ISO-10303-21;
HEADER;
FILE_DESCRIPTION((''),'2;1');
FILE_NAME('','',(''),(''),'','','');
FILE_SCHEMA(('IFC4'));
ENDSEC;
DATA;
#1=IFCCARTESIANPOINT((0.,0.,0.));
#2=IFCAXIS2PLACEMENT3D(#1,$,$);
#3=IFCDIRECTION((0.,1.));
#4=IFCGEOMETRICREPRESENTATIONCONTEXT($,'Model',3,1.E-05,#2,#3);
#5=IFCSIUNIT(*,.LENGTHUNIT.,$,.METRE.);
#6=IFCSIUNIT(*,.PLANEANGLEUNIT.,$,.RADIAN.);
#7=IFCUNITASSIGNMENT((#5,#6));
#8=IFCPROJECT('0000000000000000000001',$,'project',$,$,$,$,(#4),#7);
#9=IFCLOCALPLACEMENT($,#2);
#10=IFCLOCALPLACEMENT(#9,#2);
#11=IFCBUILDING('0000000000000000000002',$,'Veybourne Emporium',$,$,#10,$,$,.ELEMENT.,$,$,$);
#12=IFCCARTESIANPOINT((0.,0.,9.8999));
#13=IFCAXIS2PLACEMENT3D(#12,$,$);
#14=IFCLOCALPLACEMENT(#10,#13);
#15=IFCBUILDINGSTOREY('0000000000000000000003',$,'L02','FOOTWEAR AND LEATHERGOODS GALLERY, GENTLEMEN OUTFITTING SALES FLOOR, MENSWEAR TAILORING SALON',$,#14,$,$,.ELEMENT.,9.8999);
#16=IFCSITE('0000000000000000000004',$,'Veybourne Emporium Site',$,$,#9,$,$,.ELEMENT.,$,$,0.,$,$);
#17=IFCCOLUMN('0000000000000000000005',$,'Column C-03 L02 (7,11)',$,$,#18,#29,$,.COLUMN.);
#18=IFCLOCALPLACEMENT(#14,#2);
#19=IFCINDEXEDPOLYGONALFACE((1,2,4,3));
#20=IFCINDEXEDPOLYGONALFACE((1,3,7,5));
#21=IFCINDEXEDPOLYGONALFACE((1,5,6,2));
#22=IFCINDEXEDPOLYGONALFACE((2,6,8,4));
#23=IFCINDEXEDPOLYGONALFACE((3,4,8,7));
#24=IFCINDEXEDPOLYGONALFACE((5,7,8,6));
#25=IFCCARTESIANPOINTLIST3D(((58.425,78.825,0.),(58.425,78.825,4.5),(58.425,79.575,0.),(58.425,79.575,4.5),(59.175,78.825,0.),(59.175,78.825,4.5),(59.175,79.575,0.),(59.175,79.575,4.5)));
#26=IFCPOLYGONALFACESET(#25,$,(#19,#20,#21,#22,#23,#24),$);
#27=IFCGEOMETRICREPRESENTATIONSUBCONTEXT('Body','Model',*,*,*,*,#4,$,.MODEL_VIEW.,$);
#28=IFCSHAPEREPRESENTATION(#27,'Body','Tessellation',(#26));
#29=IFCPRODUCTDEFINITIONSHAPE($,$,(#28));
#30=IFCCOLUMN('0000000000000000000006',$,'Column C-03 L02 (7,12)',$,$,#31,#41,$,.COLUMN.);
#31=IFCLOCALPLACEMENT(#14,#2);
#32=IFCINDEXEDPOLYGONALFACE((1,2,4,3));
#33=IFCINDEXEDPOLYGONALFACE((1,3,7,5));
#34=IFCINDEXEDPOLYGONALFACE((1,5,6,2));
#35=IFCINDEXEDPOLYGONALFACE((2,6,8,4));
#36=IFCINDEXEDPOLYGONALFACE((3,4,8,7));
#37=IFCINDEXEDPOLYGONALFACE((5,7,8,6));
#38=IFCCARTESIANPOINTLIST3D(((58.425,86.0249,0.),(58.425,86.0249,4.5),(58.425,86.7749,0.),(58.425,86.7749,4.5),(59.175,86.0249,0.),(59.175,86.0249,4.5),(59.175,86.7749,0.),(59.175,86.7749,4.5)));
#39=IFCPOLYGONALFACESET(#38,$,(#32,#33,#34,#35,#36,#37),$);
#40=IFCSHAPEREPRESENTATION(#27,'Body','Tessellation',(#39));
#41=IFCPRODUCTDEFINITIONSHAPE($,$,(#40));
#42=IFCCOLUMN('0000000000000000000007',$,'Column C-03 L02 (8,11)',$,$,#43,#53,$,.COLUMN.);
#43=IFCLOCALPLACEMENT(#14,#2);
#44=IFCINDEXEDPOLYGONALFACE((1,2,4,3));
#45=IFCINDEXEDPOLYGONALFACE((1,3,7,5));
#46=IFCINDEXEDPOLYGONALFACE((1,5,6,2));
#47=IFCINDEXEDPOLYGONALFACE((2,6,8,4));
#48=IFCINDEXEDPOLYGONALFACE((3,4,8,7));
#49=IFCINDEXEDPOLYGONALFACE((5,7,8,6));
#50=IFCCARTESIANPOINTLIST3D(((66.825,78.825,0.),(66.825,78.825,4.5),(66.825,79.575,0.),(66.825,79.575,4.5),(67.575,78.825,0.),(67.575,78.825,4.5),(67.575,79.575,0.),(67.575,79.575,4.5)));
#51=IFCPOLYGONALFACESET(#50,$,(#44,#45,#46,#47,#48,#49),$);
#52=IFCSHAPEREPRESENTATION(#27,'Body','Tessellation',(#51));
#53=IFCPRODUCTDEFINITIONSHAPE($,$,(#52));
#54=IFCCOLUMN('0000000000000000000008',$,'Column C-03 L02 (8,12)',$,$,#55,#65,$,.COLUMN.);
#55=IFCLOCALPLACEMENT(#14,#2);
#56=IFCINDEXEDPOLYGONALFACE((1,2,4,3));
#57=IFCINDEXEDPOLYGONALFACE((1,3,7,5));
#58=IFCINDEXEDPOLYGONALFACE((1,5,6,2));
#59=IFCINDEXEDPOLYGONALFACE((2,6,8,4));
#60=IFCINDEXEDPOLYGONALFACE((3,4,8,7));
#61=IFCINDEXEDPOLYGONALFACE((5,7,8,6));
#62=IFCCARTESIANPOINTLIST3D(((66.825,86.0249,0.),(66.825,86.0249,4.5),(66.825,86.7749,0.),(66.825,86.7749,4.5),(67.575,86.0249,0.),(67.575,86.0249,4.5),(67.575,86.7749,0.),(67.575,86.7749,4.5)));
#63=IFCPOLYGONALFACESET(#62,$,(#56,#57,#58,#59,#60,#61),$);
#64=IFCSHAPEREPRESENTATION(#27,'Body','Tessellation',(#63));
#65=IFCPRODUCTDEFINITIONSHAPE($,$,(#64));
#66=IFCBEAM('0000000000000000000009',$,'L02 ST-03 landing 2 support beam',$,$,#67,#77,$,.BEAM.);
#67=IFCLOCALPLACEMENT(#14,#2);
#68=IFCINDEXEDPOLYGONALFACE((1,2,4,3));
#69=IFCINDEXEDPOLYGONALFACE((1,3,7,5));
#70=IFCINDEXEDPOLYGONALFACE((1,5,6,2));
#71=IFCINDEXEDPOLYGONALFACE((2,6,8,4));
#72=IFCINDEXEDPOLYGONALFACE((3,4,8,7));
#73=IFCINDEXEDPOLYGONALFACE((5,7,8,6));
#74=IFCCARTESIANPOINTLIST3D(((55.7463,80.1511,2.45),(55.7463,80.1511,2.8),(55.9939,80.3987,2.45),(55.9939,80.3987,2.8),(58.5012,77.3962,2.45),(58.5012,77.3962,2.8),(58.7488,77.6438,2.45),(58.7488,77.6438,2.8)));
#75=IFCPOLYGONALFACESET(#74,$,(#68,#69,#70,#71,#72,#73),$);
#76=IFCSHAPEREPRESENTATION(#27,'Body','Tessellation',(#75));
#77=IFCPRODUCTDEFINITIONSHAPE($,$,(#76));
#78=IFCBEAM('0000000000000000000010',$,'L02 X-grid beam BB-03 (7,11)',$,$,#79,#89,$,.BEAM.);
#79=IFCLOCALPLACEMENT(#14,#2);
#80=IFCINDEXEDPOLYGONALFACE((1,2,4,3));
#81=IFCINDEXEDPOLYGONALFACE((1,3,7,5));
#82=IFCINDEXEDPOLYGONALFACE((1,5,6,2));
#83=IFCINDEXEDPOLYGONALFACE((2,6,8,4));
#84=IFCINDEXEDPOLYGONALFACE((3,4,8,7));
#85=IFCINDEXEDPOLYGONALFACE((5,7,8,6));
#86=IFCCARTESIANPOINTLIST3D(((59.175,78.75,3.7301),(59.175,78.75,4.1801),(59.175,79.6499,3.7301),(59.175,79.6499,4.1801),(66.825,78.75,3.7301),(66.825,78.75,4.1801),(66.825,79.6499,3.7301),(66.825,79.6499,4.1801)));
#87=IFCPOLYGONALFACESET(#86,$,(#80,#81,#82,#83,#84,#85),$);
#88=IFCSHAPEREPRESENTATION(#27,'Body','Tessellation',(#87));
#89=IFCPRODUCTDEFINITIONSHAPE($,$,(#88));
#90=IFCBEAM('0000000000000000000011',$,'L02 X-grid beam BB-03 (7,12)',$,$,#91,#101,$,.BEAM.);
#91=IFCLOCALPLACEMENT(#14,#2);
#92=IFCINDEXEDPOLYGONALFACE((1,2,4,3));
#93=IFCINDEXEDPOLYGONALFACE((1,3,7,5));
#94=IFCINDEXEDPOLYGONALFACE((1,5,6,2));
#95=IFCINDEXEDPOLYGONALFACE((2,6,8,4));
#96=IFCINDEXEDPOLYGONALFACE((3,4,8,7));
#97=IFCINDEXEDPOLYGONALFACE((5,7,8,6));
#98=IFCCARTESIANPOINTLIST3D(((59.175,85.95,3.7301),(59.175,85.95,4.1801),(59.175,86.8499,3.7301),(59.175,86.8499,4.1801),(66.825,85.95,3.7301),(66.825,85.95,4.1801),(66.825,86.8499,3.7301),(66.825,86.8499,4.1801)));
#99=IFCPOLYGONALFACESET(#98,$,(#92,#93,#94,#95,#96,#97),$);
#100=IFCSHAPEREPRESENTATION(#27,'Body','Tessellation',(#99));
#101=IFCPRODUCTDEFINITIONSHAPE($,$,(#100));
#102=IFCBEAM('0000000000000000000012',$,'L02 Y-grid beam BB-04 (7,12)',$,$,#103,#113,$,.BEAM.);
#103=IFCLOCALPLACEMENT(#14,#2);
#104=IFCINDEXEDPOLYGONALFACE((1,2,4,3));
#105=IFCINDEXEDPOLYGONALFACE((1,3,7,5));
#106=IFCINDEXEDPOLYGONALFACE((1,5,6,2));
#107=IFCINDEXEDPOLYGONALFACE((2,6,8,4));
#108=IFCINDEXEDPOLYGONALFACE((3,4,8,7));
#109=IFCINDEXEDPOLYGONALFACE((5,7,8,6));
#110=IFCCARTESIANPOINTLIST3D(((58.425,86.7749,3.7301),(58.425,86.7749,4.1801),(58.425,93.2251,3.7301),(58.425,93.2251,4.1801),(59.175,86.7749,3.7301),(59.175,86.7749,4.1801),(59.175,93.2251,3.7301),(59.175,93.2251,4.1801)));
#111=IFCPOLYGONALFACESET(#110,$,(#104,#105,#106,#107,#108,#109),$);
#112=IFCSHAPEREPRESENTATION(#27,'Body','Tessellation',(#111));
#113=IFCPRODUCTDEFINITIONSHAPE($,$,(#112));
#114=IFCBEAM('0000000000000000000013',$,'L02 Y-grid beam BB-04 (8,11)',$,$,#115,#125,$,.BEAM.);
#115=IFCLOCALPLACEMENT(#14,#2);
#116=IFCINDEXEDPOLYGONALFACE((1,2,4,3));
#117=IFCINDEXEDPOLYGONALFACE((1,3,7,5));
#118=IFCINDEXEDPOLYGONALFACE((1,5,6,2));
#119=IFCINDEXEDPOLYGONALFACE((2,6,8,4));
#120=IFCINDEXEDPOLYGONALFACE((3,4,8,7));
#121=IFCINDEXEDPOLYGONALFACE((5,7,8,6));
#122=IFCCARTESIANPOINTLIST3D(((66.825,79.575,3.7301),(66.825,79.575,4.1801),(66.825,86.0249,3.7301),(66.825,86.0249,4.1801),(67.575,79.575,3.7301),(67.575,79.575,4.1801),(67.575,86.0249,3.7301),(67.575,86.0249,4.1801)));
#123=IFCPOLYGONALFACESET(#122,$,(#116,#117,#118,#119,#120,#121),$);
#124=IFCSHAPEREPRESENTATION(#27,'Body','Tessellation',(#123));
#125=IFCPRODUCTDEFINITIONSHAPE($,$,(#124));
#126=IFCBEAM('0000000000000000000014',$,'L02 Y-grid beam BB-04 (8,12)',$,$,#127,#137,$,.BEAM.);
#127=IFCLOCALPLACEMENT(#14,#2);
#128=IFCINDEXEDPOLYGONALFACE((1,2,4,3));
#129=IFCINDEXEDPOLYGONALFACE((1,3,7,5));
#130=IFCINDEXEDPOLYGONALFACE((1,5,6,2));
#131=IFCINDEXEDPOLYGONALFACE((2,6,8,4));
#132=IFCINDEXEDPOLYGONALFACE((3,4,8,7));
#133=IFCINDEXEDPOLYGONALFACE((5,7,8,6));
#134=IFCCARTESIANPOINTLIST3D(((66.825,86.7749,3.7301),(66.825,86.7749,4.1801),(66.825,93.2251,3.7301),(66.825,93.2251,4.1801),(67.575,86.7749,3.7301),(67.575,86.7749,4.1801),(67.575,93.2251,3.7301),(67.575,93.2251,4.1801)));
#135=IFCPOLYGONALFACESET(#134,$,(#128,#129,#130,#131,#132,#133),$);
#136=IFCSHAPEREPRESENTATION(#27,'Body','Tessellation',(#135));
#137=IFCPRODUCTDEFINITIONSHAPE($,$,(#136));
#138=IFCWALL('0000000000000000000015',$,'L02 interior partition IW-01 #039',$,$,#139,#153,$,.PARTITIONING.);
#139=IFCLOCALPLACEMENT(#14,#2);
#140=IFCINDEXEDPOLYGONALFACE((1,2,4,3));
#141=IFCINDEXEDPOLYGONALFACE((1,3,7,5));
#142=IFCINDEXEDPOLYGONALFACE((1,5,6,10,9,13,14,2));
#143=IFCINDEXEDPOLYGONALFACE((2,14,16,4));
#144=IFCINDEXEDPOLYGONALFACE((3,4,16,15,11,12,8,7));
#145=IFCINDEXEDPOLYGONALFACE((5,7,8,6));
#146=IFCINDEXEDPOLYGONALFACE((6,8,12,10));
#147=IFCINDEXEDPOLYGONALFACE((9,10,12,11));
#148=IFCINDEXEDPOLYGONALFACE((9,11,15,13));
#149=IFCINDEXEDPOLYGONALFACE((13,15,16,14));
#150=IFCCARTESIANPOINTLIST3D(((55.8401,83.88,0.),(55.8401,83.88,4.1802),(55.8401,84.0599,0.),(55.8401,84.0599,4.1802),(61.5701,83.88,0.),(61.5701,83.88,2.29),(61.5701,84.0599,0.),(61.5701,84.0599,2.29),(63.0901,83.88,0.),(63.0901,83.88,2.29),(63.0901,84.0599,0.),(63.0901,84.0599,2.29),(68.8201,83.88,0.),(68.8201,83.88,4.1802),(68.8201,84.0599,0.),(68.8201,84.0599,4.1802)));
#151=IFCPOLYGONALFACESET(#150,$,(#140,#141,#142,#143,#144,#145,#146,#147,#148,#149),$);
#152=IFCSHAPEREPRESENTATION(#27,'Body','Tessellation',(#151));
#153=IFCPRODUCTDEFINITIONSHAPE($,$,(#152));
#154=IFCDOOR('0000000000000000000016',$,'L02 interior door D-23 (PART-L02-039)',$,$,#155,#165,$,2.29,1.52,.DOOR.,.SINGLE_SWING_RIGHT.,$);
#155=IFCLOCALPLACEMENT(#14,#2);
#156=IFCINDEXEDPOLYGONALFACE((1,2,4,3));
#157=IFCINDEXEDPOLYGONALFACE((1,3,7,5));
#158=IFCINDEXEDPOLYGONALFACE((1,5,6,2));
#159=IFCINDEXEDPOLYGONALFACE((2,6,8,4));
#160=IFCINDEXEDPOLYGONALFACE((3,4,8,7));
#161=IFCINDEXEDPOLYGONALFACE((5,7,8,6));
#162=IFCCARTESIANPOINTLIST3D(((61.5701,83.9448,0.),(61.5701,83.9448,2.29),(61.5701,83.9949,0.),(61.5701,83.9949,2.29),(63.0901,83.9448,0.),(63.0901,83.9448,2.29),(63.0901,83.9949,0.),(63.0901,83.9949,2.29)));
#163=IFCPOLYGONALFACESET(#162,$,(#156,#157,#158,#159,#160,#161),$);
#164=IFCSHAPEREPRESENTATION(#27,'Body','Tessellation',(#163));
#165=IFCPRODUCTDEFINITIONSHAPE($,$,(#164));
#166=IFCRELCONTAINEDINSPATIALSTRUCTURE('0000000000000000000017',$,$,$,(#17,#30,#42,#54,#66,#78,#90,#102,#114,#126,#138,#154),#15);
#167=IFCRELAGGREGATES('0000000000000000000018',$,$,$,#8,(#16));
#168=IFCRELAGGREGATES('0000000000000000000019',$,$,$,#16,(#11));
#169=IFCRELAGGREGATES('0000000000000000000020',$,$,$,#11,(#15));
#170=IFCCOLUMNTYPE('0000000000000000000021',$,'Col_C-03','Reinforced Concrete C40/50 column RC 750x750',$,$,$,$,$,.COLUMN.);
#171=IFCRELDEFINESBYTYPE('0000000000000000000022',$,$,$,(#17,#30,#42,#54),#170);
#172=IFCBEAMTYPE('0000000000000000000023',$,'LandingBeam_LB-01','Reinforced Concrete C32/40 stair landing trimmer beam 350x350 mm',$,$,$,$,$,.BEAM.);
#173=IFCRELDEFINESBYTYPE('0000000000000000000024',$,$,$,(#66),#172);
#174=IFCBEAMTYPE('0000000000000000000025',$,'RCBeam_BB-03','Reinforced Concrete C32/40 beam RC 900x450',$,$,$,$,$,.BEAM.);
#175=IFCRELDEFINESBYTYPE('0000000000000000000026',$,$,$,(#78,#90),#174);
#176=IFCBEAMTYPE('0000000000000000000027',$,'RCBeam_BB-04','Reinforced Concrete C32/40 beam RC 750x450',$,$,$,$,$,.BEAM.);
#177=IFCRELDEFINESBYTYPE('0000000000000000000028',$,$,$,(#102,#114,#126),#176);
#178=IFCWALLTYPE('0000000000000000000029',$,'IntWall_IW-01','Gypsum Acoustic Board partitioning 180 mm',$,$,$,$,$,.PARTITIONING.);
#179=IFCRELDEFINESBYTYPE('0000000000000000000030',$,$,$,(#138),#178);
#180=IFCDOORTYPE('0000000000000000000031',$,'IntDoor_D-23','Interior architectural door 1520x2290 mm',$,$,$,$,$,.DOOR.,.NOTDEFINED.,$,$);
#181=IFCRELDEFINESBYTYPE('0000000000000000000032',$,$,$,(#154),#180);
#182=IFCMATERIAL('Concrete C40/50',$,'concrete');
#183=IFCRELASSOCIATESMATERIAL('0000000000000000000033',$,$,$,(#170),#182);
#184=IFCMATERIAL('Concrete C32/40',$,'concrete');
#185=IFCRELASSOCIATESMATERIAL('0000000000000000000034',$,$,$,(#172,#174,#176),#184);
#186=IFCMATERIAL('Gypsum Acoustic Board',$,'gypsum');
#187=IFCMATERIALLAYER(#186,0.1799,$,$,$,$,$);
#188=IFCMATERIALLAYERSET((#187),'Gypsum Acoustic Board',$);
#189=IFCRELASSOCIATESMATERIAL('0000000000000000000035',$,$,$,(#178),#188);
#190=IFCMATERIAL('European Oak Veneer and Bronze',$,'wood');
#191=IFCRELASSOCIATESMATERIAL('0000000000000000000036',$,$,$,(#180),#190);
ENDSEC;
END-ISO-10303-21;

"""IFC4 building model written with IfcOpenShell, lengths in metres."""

from ifc_helpers import new_model, si_unit, direction, frame, frame_2d, origin, origin_2d, place, context, subcontext, project, spatial, rectangle, extrude, material, layer, layer_set, material_profile, profile_set, type_object, element, fill, save


model = new_model("IFC4")

# Units and contexts
model_context = context("Model", 3, precision=1e-05, world=origin(), true_north=direction((0.0, 1.0)))
body_context = subcontext(model_context, "Body", "Model", "MODEL_VIEW")
ifc_project = project(units=[si_unit("LENGTHUNIT", "METRE"), si_unit("PLANEANGLEUNIT", "RADIAN")], contexts=[model_context])

# Site, building, storey
site_placement = place(None, origin())
site = spatial("IfcSite", under=ifc_project, at=site_placement, Name="Veybourne Emporium Site", CompositionType="ELEMENT", RefElevation=0.0)
building_placement = place(site_placement, origin())
building = spatial("IfcBuilding", under=site, at=building_placement, Name="Veybourne Emporium", CompositionType="ELEMENT")
storey_placement = place(building_placement, frame((0.0, 0.0, 9.8999)))
storey = spatial("IfcBuildingStorey", under=building, at=storey_placement, Name="L02", Description="FOOTWEAR AND LEATHERGOODS GALLERY, GENTLEMEN OUTFITTING SALES FLOOR, MENSWEAR TAILORING SALON", CompositionType="ELEMENT", Elevation=9.8999)

# Columns
ifc_material_1 = material(Name="Concrete C40/50", Category="concrete")
ifc_material_profile_1 = material_profile(ifc_material_1, rectangle(XDim=0.75, YDim=0.75, at=origin_2d()), Name="RC 750x750")
ifc_profile_set_1 = profile_set([ifc_material_profile_1], Name="Concrete C40/50")
column_type = type_object("IfcColumnType", Name="Col_C-03", Description="Reinforced Concrete C40/50 column RC 750x750", PredefinedType="COLUMN", material=ifc_profile_set_1)
for number, where, z_axis, x_axis, name in (
    (1, (58.8, 79.2, 0.0), (0.0, 0.0, 1.0), (1.0, 0.0, 0.0), "Column C-03 L02 (7,11)"),
    (2, (58.8, 86.3999, 0.0), (0.0, 0.0, 1.0), (1.0, 0.0, 0.0), "Column C-03 L02 (7,12)"),
    (3, (67.2, 79.2, 0.0), (0.0, 0.0, 1.0), (1.0, 0.0, 0.0), "Column C-03 L02 (8,11)"),
    (4, (67.2, 86.3999, 0.0), (0.0, 0.0, 1.0), (1.0, 0.0, 0.0), "Column C-03 L02 (8,12)"),
):
    element("IfcColumn", number, at=place(storey_placement, frame(where, z_axis=z_axis, x_axis=x_axis)), inside=storey, type_object=column_type, Name=name, PredefinedType="COLUMN", context=body_context, shape_type="SweptSolid", body=[
        extrude(rectangle(XDim=0.75, YDim=0.75, at=origin_2d()), origin(), (0.0, 0.0, 1.0), 4.5),
    ])

# Beams
ifc_material_2 = material(Name="Concrete C32/40", Category="concrete")
ifc_material_profile_2 = material_profile(ifc_material_2, rectangle(XDim=0.3501, YDim=0.3501, at=origin_2d()), Name="RC 350x350")
ifc_profile_set_2 = profile_set([ifc_material_profile_2], Name="Concrete C32/40")
beam_type_1 = type_object("IfcBeamType", Name="LandingBeam_LB-01", Description="Reinforced Concrete C32/40 stair landing trimmer beam 350x350 mm", PredefinedType="BEAM", material=ifc_profile_set_2)
beam_1_placement = place(storey_placement, frame((55.8701, 80.2749, 2.625), z_axis=(0.707107, -0.707107, 0.0), x_axis=(0.707107, 0.707107, 0.0)))
element("IfcBeam", 5, at=beam_1_placement, inside=storey, type_object=beam_type_1, Name="L02 ST-03 landing 2 support beam", PredefinedType="BEAM", context=body_context, shape_type="SweptSolid", body=[
    extrude(rectangle(XDim=0.3501, YDim=0.3501, at=origin_2d()), origin(), (0.0, 0.0, 1.0), 3.896),
])
ifc_material_profile_3 = material_profile(ifc_material_2, rectangle(XDim=0.8999, YDim=0.45, at=origin_2d()), Name="RC 900x450")
ifc_profile_set_3 = profile_set([ifc_material_profile_3], Name="Concrete C32/40")
beam_type_2 = type_object("IfcBeamType", Name="RCBeam_BB-03", Description="Reinforced Concrete C32/40 beam RC 900x450", PredefinedType="BEAM", material=ifc_profile_set_3)
for number, where, z_axis, x_axis, name in (
    (6, (59.175, 79.2, 3.9551), (1.0, 0.0, 0.0), (0.0, 1.0, 0.0), "L02 X-grid beam BB-03 (7,11)"),
    (7, (59.175, 86.3999, 3.9551), (1.0, 0.0, 0.0), (0.0, 1.0, 0.0), "L02 X-grid beam BB-03 (7,12)"),
):
    element("IfcBeam", number, at=place(storey_placement, frame(where, z_axis=z_axis, x_axis=x_axis)), inside=storey, type_object=beam_type_2, Name=name, PredefinedType="BEAM", context=body_context, shape_type="SweptSolid", body=[
        extrude(rectangle(XDim=0.8999, YDim=0.45, at=origin_2d()), origin(), (0.0, 0.0, 1.0), 7.6499),
    ])
ifc_material_profile_4 = material_profile(ifc_material_2, rectangle(XDim=0.75, YDim=0.45, at=origin_2d()), Name="RC 750x450")
ifc_profile_set_4 = profile_set([ifc_material_profile_4], Name="Concrete C32/40")
beam_type_3 = type_object("IfcBeamType", Name="RCBeam_BB-04", Description="Reinforced Concrete C32/40 beam RC 750x450", PredefinedType="BEAM", material=ifc_profile_set_4)
beam_2_placement = place(storey_placement, frame((58.8, 86.7749, 3.9551), z_axis=(0.0, 1.0, 0.0), x_axis=(-1.0, 0.0, 0.0)))
element("IfcBeam", 8, at=beam_2_placement, inside=storey, type_object=beam_type_3, Name="L02 Y-grid beam BB-04 (7,12)", PredefinedType="BEAM", context=body_context, shape_type="SweptSolid", body=[
    extrude(rectangle(XDim=0.75, YDim=0.45, at=origin_2d()), origin(), (0.0, 0.0, 1.0), 6.4502),
])
beam_3_placement = place(storey_placement, frame((67.2, 79.575, 3.9551), z_axis=(0.0, 1.0, 0.0), x_axis=(-1.0, 0.0, 0.0)))
element("IfcBeam", 9, at=beam_3_placement, inside=storey, type_object=beam_type_3, Name="L02 Y-grid beam BB-04 (8,11)", PredefinedType="BEAM", context=body_context, shape_type="SweptSolid", body=[
    extrude(rectangle(XDim=0.75, YDim=0.45, at=origin_2d()), origin(), (0.0, 0.0, 1.0), 6.45),
])
beam_4_placement = place(storey_placement, frame((67.2, 86.7749, 3.9551), z_axis=(0.0, 1.0, 0.0), x_axis=(-1.0, 0.0, 0.0)))
element("IfcBeam", 10, at=beam_4_placement, inside=storey, type_object=beam_type_3, Name="L02 Y-grid beam BB-04 (8,12)", PredefinedType="BEAM", context=body_context, shape_type="SweptSolid", body=[
    extrude(rectangle(XDim=0.75, YDim=0.45, at=origin_2d()), origin(), (0.0, 0.0, 1.0), 6.4502),
])

# Wall, opening, door
ifc_material_3 = material(Name="Gypsum Acoustic Board", Category="gypsum")
ifc_layer_1 = layer(ifc_material_3, 0.1799)
ifc_layer_set_1 = layer_set([ifc_layer_1], Name="Gypsum Acoustic Board")
wall_type_1 = type_object("IfcWallType", Name="IntWall_IW-01", Description="Gypsum Acoustic Board partitioning 180 mm", PredefinedType="PARTITIONING", material=ifc_layer_set_1)
wall_1_placement = place(storey_placement, frame((55.8401, 83.97, 0.0), z_axis=(0.0, 0.0, 1.0), x_axis=(1.0, 0.0, 0.0)))
wall_1 = element("IfcWall", 11, at=wall_1_placement, inside=storey, type_object=wall_type_1, Name="L02 interior partition IW-01 #039", PredefinedType="PARTITIONING", context=body_context, shape_type="SweptSolid", body=[
    extrude(rectangle(XDim=12.98, YDim=0.1799, at=frame_2d((6.49, 0.0))), origin(), (0.0, 0.0, 1.0), 4.1802),
])
opening_1_placement = place(wall_1_placement, frame((5.73, 0.0, 0.0)))
opening_1 = element("IfcOpeningElement", 12, at=opening_1_placement, cuts=wall_1, PredefinedType="OPENING", context=body_context, shape_type="SweptSolid", body=[
    extrude(rectangle(XDim=1.52, YDim=2.29, at=frame_2d((0.76, 1.145))), frame((0.0, 0.1099, 0.0), z_axis=(0.0, -1.0, 0.0), x_axis=(1.0, 0.0, 0.0)), (0.0, 0.0, 1.0), 0.22),
])
ifc_material_4 = material(Name="European Oak Veneer and Bronze", Category="wood")
door_type_1 = type_object("IfcDoorType", Name="IntDoor_D-23", Description="Interior architectural door 1520x2290 mm", OperationType="NOTDEFINED", PredefinedType="DOOR", material=ifc_material_4)
door_1_placement = place(opening_1_placement, origin())
door_1 = element("IfcDoor", 13, at=door_1_placement, inside=storey, type_object=door_type_1, Name="L02 interior door D-23 (PART-L02-039)", OperationType="SINGLE_SWING_RIGHT", OverallHeight=2.29, OverallWidth=1.52, PredefinedType="DOOR", context=body_context, shape_type="SweptSolid", body=[
    extrude(rectangle(XDim=1.52, YDim=2.29, at=frame_2d((0.76, 1.145))), frame((0.0, 0.0249, 0.0), z_axis=(0.0, -1.0, 0.0), x_axis=(1.0, 0.0, 0.0)), (0.0, 0.0, 1.0), 0.05),
])
fill(opening_1, door_1)

save(model, "model.ifc")
